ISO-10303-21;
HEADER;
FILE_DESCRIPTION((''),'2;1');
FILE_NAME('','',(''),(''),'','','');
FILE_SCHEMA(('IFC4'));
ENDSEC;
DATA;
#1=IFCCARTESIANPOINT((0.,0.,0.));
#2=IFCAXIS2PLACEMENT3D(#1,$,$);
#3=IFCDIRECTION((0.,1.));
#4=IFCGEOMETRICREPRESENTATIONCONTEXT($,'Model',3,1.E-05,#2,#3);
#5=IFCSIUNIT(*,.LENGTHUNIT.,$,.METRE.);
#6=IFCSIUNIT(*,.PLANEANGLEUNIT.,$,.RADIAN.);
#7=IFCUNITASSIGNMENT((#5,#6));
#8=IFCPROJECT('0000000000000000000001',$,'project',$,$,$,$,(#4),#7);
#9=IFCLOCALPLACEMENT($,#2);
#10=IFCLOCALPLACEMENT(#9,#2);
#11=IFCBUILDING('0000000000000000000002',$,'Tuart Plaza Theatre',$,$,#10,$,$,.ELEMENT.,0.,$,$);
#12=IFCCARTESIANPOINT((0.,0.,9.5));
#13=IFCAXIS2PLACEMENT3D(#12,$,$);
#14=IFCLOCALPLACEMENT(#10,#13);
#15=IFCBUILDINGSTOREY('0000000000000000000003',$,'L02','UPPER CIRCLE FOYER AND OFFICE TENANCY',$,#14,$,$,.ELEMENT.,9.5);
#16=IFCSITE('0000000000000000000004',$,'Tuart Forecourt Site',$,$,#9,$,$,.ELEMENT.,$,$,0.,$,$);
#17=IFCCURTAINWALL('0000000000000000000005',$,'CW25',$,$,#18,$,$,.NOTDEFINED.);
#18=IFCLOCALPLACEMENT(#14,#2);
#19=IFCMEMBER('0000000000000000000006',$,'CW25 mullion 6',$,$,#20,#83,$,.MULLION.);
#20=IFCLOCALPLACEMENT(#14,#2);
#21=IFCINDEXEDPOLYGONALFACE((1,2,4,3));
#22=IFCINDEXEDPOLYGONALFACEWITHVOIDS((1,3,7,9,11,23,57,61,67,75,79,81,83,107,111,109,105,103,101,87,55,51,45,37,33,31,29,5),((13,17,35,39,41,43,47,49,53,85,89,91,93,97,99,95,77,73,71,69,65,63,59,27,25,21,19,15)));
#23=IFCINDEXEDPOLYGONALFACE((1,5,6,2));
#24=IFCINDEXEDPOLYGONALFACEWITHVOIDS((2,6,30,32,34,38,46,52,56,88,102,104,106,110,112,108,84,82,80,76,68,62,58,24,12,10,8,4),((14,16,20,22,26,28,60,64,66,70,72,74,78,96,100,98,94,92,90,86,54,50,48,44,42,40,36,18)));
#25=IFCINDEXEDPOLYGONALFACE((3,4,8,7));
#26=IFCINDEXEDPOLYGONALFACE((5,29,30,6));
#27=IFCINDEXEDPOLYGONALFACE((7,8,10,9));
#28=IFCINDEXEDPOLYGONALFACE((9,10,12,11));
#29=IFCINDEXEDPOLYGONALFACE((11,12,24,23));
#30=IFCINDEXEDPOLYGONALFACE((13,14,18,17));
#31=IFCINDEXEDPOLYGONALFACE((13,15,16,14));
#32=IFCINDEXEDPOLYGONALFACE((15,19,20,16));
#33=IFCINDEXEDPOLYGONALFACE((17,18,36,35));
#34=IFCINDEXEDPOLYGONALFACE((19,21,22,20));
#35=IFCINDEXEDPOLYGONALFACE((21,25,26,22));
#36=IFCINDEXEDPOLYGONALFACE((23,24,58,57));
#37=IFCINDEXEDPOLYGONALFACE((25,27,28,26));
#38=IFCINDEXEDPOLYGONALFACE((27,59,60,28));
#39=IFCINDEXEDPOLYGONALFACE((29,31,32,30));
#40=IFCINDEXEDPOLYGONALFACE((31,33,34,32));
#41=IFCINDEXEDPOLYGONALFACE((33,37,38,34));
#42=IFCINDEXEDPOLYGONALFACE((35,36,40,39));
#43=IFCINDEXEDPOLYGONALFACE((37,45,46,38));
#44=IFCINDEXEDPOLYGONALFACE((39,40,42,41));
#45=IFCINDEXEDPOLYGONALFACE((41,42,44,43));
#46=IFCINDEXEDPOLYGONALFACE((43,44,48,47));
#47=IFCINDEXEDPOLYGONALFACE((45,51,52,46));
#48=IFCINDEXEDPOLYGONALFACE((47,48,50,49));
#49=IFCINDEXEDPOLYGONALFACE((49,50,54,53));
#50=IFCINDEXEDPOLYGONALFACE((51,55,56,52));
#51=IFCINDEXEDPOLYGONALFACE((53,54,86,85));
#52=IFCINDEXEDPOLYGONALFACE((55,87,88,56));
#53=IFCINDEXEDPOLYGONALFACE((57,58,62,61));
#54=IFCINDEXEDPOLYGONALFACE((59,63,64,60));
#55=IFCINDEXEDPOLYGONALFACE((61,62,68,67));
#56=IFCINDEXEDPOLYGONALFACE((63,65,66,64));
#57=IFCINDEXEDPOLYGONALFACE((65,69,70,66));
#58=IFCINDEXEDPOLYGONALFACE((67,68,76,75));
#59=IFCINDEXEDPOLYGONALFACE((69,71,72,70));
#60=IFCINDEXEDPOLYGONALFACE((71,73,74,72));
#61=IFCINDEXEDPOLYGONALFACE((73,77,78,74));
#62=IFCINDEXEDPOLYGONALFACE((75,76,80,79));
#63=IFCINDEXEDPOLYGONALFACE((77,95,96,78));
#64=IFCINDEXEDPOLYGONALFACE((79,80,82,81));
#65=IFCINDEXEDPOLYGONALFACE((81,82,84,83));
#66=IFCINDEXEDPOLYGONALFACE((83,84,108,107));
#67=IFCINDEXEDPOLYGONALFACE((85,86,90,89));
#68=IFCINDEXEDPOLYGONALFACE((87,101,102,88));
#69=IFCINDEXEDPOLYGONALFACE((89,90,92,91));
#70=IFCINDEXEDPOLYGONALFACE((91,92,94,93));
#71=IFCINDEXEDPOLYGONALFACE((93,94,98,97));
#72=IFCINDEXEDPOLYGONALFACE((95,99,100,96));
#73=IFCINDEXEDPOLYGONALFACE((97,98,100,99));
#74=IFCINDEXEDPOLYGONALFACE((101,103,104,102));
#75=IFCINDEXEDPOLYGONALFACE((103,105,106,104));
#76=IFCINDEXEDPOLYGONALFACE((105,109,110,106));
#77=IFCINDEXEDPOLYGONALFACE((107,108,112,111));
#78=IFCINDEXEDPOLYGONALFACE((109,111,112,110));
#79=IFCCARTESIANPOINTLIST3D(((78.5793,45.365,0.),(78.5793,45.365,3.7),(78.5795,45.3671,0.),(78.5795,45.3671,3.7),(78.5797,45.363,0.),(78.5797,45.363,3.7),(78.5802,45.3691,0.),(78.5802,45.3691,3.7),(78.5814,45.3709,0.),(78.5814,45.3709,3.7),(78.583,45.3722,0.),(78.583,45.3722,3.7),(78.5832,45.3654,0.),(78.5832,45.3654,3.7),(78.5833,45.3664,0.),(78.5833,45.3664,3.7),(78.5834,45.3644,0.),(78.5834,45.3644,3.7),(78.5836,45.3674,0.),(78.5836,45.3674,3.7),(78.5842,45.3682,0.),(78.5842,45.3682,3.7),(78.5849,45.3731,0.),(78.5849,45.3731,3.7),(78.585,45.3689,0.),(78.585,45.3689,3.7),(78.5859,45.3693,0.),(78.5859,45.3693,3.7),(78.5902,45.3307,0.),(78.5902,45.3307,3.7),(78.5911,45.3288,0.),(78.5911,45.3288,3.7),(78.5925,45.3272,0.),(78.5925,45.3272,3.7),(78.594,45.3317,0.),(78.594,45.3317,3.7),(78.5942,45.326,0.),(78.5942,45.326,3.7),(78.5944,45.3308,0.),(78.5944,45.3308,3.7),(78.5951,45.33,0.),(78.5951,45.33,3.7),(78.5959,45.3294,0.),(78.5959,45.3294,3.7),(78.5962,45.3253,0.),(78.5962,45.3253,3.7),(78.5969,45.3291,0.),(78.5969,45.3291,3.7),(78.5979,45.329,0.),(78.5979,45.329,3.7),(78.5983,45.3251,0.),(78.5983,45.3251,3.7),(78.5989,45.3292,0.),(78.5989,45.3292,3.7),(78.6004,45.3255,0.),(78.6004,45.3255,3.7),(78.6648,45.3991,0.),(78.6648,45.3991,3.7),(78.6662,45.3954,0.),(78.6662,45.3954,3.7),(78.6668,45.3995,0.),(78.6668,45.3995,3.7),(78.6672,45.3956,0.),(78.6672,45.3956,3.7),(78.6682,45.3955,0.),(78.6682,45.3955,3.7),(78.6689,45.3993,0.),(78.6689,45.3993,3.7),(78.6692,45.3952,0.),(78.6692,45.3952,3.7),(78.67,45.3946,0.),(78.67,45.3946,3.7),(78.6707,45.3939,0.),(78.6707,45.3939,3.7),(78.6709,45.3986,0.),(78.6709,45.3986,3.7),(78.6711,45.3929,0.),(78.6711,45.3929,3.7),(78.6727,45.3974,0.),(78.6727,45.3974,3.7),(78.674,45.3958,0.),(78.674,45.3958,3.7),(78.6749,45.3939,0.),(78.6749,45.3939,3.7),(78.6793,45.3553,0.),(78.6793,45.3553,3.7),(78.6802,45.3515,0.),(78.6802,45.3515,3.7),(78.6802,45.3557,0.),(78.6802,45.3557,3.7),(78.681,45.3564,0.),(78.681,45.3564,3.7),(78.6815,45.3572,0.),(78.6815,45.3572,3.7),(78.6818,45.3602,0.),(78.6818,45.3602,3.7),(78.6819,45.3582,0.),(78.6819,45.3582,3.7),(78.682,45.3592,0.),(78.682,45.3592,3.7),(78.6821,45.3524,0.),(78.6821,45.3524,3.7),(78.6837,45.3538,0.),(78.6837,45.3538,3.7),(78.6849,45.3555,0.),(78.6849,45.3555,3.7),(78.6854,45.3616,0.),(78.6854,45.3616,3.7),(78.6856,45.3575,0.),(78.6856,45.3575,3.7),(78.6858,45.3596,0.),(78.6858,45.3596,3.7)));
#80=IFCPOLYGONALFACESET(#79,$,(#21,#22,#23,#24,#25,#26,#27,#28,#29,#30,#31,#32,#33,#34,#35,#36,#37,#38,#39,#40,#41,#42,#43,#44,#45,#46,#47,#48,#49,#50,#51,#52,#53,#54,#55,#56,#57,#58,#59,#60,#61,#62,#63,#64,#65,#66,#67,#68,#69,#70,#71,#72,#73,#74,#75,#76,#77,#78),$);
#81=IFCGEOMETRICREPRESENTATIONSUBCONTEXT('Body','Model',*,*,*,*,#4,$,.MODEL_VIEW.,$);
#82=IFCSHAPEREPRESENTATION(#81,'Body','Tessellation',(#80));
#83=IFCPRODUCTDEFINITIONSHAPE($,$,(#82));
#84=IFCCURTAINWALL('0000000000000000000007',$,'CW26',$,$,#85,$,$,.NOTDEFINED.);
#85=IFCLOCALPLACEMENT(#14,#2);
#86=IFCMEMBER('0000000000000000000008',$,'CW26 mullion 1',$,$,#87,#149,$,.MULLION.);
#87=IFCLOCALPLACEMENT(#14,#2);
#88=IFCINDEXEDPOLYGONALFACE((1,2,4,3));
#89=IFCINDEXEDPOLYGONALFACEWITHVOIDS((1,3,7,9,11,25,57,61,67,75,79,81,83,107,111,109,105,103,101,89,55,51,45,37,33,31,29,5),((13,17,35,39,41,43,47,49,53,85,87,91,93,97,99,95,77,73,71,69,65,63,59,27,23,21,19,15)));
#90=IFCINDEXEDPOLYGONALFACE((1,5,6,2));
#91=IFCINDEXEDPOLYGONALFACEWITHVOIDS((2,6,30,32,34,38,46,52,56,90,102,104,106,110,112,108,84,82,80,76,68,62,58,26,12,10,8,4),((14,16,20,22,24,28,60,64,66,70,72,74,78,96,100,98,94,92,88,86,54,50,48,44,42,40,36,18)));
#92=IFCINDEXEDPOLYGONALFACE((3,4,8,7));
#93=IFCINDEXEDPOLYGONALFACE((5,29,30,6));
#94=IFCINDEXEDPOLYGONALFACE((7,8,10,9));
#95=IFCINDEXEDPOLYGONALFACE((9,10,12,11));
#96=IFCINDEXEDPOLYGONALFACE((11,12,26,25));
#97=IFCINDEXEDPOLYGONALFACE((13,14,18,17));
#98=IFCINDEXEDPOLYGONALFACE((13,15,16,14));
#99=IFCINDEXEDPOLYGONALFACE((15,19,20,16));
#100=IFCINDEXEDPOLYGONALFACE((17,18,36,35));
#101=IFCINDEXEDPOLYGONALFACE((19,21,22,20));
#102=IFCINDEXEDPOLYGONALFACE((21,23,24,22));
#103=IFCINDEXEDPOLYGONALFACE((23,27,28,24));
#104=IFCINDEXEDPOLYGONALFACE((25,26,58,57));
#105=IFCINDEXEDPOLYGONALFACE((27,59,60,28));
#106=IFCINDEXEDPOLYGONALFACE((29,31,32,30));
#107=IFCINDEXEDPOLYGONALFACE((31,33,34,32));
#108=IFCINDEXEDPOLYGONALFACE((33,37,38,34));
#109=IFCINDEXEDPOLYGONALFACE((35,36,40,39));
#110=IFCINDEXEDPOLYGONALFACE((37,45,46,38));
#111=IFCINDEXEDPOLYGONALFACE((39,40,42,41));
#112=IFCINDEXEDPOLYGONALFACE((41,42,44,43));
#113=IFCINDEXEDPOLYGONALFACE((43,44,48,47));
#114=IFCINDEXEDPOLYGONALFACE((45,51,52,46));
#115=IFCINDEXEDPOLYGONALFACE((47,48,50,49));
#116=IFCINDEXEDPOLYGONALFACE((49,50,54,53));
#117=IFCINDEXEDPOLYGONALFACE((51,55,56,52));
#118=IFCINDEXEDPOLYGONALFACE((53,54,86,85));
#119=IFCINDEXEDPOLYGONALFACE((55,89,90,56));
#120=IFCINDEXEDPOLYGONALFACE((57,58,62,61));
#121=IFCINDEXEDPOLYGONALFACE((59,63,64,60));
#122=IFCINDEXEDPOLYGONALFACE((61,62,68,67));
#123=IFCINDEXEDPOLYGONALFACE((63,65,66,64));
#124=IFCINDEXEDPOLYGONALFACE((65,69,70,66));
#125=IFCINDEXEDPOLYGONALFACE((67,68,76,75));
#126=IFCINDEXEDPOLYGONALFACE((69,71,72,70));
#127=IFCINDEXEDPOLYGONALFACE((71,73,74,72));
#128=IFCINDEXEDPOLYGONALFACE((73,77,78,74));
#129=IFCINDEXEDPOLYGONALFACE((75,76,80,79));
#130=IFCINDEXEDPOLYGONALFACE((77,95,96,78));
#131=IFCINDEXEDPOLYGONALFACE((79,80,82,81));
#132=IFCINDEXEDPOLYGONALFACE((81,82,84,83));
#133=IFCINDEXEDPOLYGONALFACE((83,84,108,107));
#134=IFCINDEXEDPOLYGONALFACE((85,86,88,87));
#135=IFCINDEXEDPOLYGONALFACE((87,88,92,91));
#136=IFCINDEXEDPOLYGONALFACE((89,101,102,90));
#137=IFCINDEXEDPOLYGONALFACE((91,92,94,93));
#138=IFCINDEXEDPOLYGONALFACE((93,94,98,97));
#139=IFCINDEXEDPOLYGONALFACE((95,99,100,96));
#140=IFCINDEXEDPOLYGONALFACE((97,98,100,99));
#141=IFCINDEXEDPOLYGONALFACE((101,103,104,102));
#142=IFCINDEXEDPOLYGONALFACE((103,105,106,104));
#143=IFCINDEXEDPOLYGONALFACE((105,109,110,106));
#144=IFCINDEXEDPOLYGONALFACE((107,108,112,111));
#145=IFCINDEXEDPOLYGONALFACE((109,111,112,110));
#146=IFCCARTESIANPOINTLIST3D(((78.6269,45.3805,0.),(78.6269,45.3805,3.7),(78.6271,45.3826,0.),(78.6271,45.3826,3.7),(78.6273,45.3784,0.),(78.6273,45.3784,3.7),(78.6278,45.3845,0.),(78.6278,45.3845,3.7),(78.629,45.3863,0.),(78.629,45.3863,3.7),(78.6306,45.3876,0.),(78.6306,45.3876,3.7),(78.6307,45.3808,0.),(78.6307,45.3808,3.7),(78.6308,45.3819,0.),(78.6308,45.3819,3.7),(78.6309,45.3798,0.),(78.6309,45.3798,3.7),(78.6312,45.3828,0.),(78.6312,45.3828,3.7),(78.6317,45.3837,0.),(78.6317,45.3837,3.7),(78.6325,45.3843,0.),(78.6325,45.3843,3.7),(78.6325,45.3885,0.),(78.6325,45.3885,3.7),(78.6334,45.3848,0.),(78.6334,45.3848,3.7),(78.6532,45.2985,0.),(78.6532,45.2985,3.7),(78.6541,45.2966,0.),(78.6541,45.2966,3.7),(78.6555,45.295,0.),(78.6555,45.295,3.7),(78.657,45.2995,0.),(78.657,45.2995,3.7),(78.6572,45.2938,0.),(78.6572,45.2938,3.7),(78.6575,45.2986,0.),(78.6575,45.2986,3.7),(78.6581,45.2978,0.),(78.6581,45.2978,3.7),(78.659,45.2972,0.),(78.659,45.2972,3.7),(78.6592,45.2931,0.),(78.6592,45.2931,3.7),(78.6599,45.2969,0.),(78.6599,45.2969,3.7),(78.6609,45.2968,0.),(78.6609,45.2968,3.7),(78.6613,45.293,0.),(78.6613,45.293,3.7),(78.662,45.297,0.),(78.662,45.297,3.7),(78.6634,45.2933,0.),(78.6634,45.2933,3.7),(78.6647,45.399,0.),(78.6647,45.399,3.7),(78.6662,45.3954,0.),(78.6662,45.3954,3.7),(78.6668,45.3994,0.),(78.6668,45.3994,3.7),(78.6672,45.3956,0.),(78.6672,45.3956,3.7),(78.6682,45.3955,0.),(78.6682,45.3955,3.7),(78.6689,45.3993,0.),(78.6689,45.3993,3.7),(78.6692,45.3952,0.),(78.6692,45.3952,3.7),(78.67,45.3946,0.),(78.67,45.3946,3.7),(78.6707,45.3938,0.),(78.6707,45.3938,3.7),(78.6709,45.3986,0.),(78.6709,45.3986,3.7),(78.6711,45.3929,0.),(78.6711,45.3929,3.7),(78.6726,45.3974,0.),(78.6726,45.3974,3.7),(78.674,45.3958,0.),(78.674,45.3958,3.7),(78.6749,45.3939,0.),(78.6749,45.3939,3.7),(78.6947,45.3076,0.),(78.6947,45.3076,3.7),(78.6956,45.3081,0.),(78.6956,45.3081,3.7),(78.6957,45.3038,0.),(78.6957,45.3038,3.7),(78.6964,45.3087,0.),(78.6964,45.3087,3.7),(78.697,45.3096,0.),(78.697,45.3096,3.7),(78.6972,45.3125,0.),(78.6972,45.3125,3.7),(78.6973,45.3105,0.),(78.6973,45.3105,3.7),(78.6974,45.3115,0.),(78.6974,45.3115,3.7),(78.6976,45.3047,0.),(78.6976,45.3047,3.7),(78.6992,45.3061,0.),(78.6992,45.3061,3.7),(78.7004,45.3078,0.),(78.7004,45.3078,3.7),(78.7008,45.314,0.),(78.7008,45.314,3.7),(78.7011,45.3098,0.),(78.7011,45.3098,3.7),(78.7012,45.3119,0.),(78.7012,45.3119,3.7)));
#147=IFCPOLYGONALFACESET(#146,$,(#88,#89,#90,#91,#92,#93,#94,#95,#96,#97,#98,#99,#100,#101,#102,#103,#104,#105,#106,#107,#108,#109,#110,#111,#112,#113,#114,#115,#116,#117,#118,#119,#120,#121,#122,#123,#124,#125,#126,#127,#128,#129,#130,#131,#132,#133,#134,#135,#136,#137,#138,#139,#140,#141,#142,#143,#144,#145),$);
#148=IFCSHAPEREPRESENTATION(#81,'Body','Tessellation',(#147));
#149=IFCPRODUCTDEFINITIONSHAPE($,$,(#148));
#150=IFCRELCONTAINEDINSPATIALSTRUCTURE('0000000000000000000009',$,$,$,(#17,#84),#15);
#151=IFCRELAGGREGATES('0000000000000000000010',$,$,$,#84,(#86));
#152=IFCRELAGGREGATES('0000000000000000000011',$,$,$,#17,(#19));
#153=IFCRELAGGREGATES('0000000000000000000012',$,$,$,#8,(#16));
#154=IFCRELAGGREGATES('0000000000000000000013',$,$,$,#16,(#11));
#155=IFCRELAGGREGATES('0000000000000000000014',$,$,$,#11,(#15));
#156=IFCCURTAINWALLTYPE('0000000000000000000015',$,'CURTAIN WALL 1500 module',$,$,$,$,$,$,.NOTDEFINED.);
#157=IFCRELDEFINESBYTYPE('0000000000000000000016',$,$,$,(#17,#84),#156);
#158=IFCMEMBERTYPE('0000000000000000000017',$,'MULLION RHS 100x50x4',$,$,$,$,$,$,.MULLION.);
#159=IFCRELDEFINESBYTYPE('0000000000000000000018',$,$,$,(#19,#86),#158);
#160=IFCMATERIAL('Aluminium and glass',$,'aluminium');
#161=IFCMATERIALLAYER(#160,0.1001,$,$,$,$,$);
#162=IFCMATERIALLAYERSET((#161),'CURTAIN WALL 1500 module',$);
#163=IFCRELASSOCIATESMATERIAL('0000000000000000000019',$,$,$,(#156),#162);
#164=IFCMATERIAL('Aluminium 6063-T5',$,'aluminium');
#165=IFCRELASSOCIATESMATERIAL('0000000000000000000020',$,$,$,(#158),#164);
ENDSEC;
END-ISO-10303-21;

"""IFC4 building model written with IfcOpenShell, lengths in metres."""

from ifc_helpers import new_model, si_unit, direction, frame, origin, origin_2d, place, context, subcontext, project, spatial, hollow_rectangle, extrude, material, layer, layer_set, material_profile, profile_set, type_object, element, aggregate, save


model = new_model("IFC4")

# Units and contexts
model_context = context("Model", 3, precision=1e-05, world=origin(), true_north=direction((0.0, 1.0)))
body_context = subcontext(model_context, "Body", "Model", "MODEL_VIEW")
ifc_project = project(units=[si_unit("LENGTHUNIT", "METRE"), si_unit("PLANEANGLEUNIT", "RADIAN")], contexts=[model_context])

# Site, building, storey
site_placement = place(None, origin())
site = spatial("IfcSite", under=ifc_project, at=site_placement, Name="Tuart Forecourt Site", CompositionType="ELEMENT", RefElevation=0.0)
building_placement = place(site_placement, origin())
building = spatial("IfcBuilding", under=site, at=building_placement, Name="Tuart Plaza Theatre", CompositionType="ELEMENT", ElevationOfRefHeight=0.0)
storey_placement = place(building_placement, frame((0.0, 0.0, 9.5)))
storey = spatial("IfcBuildingStorey", under=building, at=storey_placement, Name="L02", Description="UPPER CIRCLE FOYER AND OFFICE TENANCY", CompositionType="ELEMENT", Elevation=9.5)

# Curtain wall, member
ifc_material_1 = material(Name="Aluminium and glass", Category="aluminium")
ifc_layer_1 = layer(ifc_material_1, 0.1001)
ifc_layer_set_1 = layer_set([ifc_layer_1], Name="CURTAIN WALL 1500 module")
curtain_wall_type = type_object("IfcCurtainWallType", Name="CURTAIN WALL 1500 module", PredefinedType="NOTDEFINED", material=ifc_layer_set_1)
curtain_wall_1_placement = place(storey_placement, origin())
curtain_wall_1 = element("IfcCurtainWall", 1, at=curtain_wall_1_placement, inside=storey, type_object=curtain_wall_type, Name="CW25", PredefinedType="NOTDEFINED")
ifc_material_2 = material(Name="Aluminium 6063-T5", Category="aluminium")
ifc_material_profile_1 = material_profile(ifc_material_2, hollow_rectangle(XDim=0.05, YDim=0.1001, WallThickness=0.0039, InnerFilletRadius=0.0039, OuterFilletRadius=0.0081, at=origin_2d()), Name="RHS 100x50x4")
ifc_profile_set_1 = profile_set([ifc_material_profile_1], Name="Aluminium 6063-T5")
member_type_1 = type_object("IfcMemberType", Name="MULLION RHS 100x50x4", PredefinedType="MULLION", material=ifc_profile_set_1)
member_1_placement = place(storey_placement, frame((78.6326, 45.3623, 0.0), z_axis=(0.0, 0.0, 1.0), x_axis=(-0.308986, 0.951067, 0.0)))
member_1 = element("IfcMember", 2, at=member_1_placement, type_object=member_type_1, Name="CW25 mullion 6", PredefinedType="MULLION", context=body_context, shape_type="SweptSolid", body=[
    extrude(hollow_rectangle(XDim=0.05, YDim=0.1001, WallThickness=0.0039, InnerFilletRadius=0.0039, OuterFilletRadius=0.0081, at=origin_2d()), origin(), (0.0, 0.0, 1.0), 3.7),
])

# Curtain wall, member
curtain_wall_2_placement = place(storey_placement, origin())
curtain_wall_2 = element("IfcCurtainWall", 3, at=curtain_wall_2_placement, inside=storey, type_object=curtain_wall_type, Name="CW26", PredefinedType="NOTDEFINED")
member_2_placement = place(storey_placement, frame((78.6641, 45.3462, 0.0), z_axis=(0.0, 0.0, 1.0), x_axis=(0.951056, 0.309018, 0.0)))
member_2 = element("IfcMember", 4, at=member_2_placement, type_object=member_type_1, Name="CW26 mullion 1", PredefinedType="MULLION", context=body_context, shape_type="SweptSolid", body=[
    extrude(hollow_rectangle(XDim=0.05, YDim=0.1001, WallThickness=0.0039, InnerFilletRadius=0.0039, OuterFilletRadius=0.0081, at=origin_2d()), origin(), (0.0, 0.0, 1.0), 3.7),
])

aggregate(curtain_wall_2, [member_2])

aggregate(curtain_wall_1, [member_1])

save(model, "model.ifc")
